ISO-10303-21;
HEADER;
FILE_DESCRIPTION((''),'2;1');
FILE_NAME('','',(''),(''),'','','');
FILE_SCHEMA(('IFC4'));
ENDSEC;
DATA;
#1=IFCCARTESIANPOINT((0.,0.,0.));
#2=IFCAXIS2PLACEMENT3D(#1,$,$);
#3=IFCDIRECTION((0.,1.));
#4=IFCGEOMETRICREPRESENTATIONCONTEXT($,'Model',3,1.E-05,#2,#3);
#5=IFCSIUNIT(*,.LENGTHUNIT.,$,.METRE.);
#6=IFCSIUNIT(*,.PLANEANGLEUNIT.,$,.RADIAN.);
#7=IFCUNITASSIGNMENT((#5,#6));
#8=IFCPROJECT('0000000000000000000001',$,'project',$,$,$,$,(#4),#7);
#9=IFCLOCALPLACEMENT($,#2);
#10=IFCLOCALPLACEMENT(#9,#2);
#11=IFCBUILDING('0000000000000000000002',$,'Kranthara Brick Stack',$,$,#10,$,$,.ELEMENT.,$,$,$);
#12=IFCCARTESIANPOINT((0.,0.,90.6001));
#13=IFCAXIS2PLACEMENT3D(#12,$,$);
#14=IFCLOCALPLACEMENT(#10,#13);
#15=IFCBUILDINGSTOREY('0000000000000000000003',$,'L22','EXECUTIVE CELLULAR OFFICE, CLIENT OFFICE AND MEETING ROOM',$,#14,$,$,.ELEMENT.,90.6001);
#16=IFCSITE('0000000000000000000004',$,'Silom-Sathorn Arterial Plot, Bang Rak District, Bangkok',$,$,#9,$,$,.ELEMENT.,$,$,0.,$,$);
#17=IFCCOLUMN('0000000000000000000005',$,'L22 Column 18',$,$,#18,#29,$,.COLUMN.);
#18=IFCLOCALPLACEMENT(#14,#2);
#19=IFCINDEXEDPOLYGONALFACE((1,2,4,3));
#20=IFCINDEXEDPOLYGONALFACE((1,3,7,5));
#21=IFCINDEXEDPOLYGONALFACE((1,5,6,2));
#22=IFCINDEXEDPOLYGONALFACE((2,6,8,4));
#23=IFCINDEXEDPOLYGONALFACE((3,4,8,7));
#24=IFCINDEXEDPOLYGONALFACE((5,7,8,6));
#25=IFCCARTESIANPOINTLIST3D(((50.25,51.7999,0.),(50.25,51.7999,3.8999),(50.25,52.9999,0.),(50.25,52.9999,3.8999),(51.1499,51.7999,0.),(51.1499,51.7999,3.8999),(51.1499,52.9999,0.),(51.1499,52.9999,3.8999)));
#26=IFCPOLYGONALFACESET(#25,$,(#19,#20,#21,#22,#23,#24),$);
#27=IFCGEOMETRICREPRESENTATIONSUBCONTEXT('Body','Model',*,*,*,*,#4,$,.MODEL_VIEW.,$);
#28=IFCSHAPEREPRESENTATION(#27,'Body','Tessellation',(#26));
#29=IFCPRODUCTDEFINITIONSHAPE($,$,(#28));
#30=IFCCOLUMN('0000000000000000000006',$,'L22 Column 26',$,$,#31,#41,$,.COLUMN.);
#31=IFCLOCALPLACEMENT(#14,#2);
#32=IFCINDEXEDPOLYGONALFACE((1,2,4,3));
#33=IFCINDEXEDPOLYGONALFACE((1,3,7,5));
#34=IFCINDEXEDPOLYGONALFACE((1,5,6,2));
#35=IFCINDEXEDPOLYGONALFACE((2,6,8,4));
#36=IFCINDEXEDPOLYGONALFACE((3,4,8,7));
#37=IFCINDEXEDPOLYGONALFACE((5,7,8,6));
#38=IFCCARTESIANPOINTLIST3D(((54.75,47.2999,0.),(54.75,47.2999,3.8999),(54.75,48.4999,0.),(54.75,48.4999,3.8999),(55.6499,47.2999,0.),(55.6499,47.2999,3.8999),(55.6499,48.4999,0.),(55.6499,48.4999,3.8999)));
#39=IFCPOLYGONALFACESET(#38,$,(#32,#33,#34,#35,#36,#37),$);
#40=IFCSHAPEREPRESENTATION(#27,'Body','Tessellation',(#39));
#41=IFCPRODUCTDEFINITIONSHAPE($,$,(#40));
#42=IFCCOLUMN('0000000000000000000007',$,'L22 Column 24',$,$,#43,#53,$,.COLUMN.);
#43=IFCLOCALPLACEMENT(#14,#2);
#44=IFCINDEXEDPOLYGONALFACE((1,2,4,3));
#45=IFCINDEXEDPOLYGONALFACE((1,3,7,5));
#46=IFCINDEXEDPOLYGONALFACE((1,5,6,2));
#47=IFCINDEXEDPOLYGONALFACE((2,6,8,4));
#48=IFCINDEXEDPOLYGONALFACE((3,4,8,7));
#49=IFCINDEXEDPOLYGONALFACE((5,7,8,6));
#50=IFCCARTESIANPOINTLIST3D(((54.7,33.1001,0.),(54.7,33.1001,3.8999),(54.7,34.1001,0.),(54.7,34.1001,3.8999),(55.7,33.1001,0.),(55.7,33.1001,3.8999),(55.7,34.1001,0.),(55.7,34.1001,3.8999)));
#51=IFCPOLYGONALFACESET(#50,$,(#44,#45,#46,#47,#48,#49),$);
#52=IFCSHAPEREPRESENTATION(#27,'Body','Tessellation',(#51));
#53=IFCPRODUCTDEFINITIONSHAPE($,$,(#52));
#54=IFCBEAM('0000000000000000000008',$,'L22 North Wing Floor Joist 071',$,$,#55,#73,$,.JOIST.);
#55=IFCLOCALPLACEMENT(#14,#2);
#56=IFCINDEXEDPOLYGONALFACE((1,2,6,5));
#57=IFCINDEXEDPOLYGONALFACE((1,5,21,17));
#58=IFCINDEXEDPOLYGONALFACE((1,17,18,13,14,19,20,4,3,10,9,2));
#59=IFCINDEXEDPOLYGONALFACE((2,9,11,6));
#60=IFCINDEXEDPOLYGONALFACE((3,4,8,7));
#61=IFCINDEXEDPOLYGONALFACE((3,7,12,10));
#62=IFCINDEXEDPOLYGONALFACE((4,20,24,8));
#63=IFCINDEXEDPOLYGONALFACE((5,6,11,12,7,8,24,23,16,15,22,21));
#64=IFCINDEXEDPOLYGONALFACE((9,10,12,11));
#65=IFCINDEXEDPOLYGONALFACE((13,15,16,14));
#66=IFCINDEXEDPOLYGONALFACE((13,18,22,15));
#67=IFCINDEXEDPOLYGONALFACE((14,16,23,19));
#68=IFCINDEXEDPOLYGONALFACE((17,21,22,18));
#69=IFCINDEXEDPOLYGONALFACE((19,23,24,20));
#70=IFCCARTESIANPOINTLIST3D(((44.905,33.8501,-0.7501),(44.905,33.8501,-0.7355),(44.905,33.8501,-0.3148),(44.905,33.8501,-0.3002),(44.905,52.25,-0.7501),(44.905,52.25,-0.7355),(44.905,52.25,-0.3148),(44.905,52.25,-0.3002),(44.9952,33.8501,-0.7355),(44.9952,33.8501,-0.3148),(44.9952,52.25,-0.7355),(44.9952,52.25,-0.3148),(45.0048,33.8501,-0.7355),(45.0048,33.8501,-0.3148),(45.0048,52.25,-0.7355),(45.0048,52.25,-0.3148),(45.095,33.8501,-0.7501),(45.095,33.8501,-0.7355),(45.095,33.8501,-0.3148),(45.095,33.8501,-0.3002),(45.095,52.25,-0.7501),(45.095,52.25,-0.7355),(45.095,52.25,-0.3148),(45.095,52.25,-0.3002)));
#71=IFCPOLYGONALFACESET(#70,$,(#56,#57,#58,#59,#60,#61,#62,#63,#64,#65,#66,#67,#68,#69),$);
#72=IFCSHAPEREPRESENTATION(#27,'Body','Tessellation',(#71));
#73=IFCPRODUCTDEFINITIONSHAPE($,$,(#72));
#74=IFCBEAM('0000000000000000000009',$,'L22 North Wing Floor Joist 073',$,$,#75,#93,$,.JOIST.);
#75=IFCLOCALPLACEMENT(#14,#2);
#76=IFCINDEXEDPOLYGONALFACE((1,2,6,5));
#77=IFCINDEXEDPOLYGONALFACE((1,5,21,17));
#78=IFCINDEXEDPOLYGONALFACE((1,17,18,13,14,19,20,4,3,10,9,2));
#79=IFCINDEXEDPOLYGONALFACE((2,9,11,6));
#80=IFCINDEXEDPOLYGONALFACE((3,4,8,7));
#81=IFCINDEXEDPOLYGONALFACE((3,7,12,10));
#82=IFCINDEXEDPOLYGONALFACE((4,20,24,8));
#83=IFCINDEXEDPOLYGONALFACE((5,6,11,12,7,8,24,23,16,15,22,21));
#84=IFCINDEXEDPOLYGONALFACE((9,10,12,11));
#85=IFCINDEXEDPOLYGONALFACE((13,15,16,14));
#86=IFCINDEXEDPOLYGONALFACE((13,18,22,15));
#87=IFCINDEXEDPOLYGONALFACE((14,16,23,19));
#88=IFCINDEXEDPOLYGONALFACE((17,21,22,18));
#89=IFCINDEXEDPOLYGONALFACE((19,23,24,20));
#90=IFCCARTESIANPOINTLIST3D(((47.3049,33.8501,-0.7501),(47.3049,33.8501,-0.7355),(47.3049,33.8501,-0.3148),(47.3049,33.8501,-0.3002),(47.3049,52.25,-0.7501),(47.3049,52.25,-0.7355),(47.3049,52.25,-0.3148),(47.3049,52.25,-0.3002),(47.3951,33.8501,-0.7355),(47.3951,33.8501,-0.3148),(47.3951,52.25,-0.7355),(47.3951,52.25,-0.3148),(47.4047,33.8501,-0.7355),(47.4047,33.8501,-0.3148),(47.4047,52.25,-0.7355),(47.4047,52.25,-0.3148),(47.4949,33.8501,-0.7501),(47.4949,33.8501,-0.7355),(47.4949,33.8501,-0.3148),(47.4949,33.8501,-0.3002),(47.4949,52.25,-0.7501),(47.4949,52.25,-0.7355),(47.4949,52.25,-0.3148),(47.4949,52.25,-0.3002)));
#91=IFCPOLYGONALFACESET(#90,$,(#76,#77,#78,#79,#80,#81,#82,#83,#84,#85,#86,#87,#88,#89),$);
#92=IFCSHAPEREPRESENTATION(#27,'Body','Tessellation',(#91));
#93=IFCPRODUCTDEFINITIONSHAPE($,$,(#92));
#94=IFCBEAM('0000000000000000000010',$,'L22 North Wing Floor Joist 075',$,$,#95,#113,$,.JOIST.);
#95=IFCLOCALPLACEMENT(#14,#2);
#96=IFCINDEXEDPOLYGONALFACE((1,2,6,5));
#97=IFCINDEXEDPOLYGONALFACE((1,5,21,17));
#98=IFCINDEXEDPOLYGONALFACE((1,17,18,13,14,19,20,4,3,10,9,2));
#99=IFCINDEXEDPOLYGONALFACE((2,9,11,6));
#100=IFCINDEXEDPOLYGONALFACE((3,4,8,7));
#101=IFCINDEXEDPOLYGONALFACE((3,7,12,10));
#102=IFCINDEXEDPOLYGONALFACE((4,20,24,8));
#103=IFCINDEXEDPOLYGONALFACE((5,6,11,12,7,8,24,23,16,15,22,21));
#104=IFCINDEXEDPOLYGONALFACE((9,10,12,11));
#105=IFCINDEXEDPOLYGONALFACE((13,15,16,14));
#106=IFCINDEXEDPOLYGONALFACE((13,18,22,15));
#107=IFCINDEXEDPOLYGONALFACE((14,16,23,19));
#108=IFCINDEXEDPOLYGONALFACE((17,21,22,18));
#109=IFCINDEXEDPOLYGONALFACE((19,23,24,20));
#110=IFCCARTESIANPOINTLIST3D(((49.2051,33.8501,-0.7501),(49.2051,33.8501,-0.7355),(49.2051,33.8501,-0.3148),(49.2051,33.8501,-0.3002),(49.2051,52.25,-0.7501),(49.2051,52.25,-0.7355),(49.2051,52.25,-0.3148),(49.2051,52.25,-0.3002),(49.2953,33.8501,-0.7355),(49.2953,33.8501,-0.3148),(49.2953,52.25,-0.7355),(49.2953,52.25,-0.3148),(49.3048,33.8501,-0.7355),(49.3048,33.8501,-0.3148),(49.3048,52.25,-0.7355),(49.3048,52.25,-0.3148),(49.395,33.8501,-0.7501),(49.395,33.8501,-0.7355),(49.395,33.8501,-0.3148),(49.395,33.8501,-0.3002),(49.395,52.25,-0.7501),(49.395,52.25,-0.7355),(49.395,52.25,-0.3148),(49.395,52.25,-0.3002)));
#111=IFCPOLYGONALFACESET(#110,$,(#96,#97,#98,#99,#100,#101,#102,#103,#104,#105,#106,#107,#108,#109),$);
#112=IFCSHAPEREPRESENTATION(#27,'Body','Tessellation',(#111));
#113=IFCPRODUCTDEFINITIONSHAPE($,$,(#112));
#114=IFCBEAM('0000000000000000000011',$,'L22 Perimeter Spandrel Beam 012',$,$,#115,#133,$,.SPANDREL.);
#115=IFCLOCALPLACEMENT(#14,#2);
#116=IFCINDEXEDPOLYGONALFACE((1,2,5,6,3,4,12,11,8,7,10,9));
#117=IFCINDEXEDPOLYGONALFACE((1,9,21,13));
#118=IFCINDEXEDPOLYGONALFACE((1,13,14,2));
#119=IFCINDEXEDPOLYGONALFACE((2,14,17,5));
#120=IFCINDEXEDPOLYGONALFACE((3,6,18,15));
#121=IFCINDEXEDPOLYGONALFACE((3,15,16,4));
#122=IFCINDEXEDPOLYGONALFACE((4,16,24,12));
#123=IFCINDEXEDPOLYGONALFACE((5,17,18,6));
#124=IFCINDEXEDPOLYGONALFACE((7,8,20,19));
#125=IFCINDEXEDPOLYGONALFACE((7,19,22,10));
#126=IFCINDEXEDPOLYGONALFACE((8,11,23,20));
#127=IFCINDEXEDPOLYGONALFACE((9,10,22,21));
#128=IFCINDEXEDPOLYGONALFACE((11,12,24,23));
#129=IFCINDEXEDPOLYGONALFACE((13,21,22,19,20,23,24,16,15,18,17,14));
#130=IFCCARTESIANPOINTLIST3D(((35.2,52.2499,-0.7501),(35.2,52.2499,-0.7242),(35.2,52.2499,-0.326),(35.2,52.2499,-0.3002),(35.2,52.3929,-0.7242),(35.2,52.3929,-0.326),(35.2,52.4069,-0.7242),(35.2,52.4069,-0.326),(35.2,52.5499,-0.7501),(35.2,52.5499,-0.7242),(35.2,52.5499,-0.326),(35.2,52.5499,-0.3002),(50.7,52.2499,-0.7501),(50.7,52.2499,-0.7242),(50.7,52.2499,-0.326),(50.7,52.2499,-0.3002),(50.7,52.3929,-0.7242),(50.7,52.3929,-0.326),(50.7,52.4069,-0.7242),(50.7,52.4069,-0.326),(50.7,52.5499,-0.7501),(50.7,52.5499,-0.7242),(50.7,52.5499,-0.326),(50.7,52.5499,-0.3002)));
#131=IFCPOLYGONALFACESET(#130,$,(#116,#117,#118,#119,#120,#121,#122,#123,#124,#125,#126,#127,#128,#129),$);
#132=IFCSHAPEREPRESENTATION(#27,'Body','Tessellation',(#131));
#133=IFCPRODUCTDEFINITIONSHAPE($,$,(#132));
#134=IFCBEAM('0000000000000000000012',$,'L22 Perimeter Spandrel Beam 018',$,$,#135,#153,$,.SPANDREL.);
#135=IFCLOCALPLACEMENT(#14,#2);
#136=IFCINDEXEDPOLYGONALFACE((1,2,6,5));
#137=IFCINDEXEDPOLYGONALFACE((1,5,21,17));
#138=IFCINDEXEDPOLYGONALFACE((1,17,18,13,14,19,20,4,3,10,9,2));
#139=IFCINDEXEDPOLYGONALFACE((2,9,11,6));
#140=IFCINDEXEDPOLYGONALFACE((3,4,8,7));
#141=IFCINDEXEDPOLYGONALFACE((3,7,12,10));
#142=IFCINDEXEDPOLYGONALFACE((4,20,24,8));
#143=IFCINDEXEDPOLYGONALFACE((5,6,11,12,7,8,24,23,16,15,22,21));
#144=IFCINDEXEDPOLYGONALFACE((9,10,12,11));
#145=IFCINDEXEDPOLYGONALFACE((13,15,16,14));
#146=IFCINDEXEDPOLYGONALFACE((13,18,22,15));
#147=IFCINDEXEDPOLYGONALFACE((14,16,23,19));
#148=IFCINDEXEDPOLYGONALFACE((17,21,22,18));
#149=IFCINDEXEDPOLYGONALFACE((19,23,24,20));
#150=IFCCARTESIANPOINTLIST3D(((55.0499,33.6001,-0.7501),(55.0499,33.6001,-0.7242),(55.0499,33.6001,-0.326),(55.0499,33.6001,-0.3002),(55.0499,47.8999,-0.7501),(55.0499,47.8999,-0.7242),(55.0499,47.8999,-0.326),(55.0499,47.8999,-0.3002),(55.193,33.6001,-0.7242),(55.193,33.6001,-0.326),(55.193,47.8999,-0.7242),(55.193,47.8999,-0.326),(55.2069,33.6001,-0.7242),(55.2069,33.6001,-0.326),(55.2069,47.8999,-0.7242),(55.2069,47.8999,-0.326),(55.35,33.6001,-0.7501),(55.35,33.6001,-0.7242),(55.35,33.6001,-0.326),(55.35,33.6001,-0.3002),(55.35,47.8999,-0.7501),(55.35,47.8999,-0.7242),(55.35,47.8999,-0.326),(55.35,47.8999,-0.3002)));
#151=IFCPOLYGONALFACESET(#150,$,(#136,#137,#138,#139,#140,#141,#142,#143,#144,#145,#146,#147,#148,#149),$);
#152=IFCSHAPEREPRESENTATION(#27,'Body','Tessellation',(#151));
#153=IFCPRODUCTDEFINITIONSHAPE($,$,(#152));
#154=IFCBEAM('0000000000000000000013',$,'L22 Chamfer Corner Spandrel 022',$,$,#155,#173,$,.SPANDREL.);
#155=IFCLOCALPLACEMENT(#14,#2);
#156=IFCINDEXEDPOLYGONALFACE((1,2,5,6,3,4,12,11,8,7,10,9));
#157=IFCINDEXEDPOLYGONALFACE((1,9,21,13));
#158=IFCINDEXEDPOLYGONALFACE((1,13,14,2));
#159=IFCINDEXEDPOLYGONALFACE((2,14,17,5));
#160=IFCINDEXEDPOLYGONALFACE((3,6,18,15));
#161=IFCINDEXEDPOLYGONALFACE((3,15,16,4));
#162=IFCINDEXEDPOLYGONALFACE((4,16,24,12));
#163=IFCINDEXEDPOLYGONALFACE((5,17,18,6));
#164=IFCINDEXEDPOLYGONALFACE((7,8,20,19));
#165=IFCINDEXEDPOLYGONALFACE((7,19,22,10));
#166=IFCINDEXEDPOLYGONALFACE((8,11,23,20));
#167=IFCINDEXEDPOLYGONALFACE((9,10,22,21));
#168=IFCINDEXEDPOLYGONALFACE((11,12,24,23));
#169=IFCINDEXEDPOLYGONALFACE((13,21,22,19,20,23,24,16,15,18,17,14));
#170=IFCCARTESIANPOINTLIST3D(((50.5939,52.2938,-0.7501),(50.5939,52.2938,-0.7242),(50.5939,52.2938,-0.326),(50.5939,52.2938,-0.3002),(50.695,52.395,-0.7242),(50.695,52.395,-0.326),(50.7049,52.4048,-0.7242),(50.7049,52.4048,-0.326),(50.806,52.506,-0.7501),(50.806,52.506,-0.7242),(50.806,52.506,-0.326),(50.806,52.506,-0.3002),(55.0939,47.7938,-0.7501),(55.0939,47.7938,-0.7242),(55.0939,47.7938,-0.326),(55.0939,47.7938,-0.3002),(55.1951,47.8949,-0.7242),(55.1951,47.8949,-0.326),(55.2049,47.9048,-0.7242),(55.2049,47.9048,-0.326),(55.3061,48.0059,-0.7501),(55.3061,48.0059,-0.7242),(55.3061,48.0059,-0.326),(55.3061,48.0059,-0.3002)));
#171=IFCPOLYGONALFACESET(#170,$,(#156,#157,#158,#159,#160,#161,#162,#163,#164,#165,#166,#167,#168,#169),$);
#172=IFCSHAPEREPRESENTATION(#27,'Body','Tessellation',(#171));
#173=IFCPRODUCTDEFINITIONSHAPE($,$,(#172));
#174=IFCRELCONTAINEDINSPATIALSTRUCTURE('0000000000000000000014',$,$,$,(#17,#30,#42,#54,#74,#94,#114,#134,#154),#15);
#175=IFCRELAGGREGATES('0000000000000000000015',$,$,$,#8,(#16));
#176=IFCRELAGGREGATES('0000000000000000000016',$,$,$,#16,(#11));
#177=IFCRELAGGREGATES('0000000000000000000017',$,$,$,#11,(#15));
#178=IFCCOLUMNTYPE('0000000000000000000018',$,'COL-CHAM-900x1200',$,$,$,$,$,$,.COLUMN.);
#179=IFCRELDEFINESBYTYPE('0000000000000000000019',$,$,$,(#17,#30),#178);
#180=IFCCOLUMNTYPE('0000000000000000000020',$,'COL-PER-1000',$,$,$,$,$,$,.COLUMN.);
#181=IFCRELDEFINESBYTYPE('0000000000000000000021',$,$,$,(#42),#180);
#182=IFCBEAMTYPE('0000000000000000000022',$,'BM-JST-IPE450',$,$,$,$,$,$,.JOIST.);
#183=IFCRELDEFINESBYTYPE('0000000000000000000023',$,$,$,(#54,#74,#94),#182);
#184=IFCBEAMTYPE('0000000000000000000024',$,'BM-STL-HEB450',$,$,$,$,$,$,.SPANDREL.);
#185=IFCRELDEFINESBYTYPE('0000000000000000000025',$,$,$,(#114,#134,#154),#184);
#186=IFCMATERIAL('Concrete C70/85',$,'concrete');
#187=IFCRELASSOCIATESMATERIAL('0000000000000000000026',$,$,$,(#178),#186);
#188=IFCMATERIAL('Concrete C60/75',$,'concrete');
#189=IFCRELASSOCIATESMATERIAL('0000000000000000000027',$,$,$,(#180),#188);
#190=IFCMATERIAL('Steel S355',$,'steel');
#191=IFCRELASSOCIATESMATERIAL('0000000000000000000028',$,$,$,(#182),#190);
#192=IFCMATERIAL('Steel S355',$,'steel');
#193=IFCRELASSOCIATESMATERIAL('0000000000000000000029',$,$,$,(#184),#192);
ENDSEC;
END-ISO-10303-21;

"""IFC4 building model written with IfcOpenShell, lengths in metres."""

from ifc_helpers import new_model, si_unit, direction, frame, origin, origin_2d, place, context, subcontext, project, spatial, rectangle, i_section, extrude, material, material_profile, profile_set, type_object, element, save


model = new_model("IFC4")

# Units and contexts
model_context = context("Model", 3, precision=1e-05, world=origin(), true_north=direction((0.0, 1.0)))
body_context = subcontext(model_context, "Body", "Model", "MODEL_VIEW")
ifc_project = project(units=[si_unit("LENGTHUNIT", "METRE"), si_unit("PLANEANGLEUNIT", "RADIAN")], contexts=[model_context])

# Site, building, storey
site_placement = place(None, origin())
site = spatial("IfcSite", under=ifc_project, at=site_placement, Name="Silom-Sathorn Arterial Plot, Bang Rak District, Bangkok", CompositionType="ELEMENT", RefElevation=0.0)
building_placement = place(site_placement, origin())
building = spatial("IfcBuilding", under=site, at=building_placement, Name="Kranthara Brick Stack", CompositionType="ELEMENT")
storey_placement = place(building_placement, frame((0.0, 0.0, 90.6001)))
storey = spatial("IfcBuildingStorey", under=building, at=storey_placement, Name="L22", Description="EXECUTIVE CELLULAR OFFICE, CLIENT OFFICE AND MEETING ROOM", CompositionType="ELEMENT", Elevation=90.6001)

# Columns
ifc_material_1 = material(Name="Concrete C70/85", Category="concrete")
ifc_material_profile_1 = material_profile(ifc_material_1, rectangle(XDim=0.8999, YDim=1.2, at=origin_2d()), Name="RC 900x1200")
ifc_profile_set_1 = profile_set([ifc_material_profile_1], Name="Concrete C70/85")
column_type_1 = type_object("IfcColumnType", Name="COL-CHAM-900x1200", PredefinedType="COLUMN", material=ifc_profile_set_1)
for number, where, z_axis, x_axis, name in (
    (1, (50.7, 52.3999, 0.0), (0.0, 0.0, 1.0), (1.0, 0.0, 0.0), "L22 Column 18"),
    (2, (55.2, 47.8999, 0.0), (0.0, 0.0, 1.0), (1.0, 0.0, 0.0), "L22 Column 26"),
):
    element("IfcColumn", number, at=place(storey_placement, frame(where, z_axis=z_axis, x_axis=x_axis)), inside=storey, type_object=column_type_1, Name=name, PredefinedType="COLUMN", context=body_context, shape_type="SweptSolid", body=[
        extrude(rectangle(XDim=0.8999, YDim=1.2, at=origin_2d()), origin(), (0.0, 0.0, 1.0), 3.8999),
    ])
ifc_material_2 = material(Name="Concrete C60/75", Category="concrete")
ifc_material_profile_2 = material_profile(ifc_material_2, rectangle(XDim=1.0, YDim=1.0, at=origin_2d()), Name="RC 1000x1000")
ifc_profile_set_2 = profile_set([ifc_material_profile_2], Name="Concrete C60/75")
column_type_2 = type_object("IfcColumnType", Name="COL-PER-1000", PredefinedType="COLUMN", material=ifc_profile_set_2)
column_placement = place(storey_placement, frame((55.2, 33.6001, 0.0), z_axis=(0.0, 0.0, 1.0), x_axis=(1.0, 0.0, 0.0)))
element("IfcColumn", 3, at=column_placement, inside=storey, type_object=column_type_2, Name="L22 Column 24", PredefinedType="COLUMN", context=body_context, shape_type="SweptSolid", body=[
    extrude(rectangle(XDim=1.0, YDim=1.0, at=origin_2d()), origin(), (0.0, 0.0, 1.0), 3.8999),
])

# Beams
ifc_material_3 = material(Name="Steel S355", Category="steel")
ifc_material_profile_3 = material_profile(ifc_material_3, i_section(OverallWidth=0.1899, OverallDepth=0.45, WebThickness=0.0095, FlangeThickness=0.0146, at=origin_2d()), Name="IPE 450")
ifc_profile_set_3 = profile_set([ifc_material_profile_3], Name="Steel S355")
beam_type_1 = type_object("IfcBeamType", Name="BM-JST-IPE450", PredefinedType="JOIST", material=ifc_profile_set_3)
for number, where, z_axis, x_axis, name in (
    (4, (45.0, 33.8501, -0.5251), (0.0, 1.0, 0.0), (-1.0, 0.0, 0.0), "L22 North Wing Floor Joist 071"),
    (5, (47.3999, 33.8501, -0.5251), (0.0, 1.0, 0.0), (-1.0, 0.0, 0.0), "L22 North Wing Floor Joist 073"),
    (6, (49.3, 33.8501, -0.5251), (0.0, 1.0, 0.0), (-1.0, 0.0, 0.0), "L22 North Wing Floor Joist 075"),
):
    element("IfcBeam", number, at=place(storey_placement, frame(where, z_axis=z_axis, x_axis=x_axis)), inside=storey, type_object=beam_type_1, Name=name, PredefinedType="JOIST", context=body_context, shape_type="SweptSolid", body=[
        extrude(i_section(OverallWidth=0.1899, OverallDepth=0.45, WebThickness=0.0095, FlangeThickness=0.0146, at=origin_2d()), origin(), (0.0, 0.0, 1.0), 18.3999),
    ])
ifc_material_4 = material(Name="Steel S355", Category="steel")
ifc_material_profile_4 = material_profile(ifc_material_4, i_section(OverallWidth=0.3, OverallDepth=0.45, WebThickness=0.0139, FlangeThickness=0.0259, at=origin_2d()), Name="HEB 450")
ifc_profile_set_4 = profile_set([ifc_material_profile_4], Name="Steel S355")
beam_type_2 = type_object("IfcBeamType", Name="BM-STL-HEB450", PredefinedType="SPANDREL", material=ifc_profile_set_4)
beam_1_placement = place(storey_placement, frame((35.2, 52.3999, -0.5251), z_axis=(1.0, 0.0, 0.0), x_axis=(0.0, 1.0, 0.0)))
element("IfcBeam", 7, at=beam_1_placement, inside=storey, type_object=beam_type_2, Name="L22 Perimeter Spandrel Beam 012", PredefinedType="SPANDREL", context=body_context, shape_type="SweptSolid", body=[
    extrude(i_section(OverallWidth=0.3, OverallDepth=0.45, WebThickness=0.0139, FlangeThickness=0.0259, at=origin_2d()), origin(), (0.0, 0.0, 1.0), 15.5),
])
beam_2_placement = place(storey_placement, frame((55.2, 33.6001, -0.5251), z_axis=(0.0, 1.0, 0.0), x_axis=(-1.0, 0.0, 0.0)))
element("IfcBeam", 8, at=beam_2_placement, inside=storey, type_object=beam_type_2, Name="L22 Perimeter Spandrel Beam 018", PredefinedType="SPANDREL", context=body_context, shape_type="SweptSolid", body=[
    extrude(i_section(OverallWidth=0.3, OverallDepth=0.45, WebThickness=0.0139, FlangeThickness=0.0259, at=origin_2d()), origin(), (0.0, 0.0, 1.0), 14.2998),
])
beam_3_placement = place(storey_placement, frame((50.7, 52.3999, -0.5251), z_axis=(0.707107, -0.707107, 0.0), x_axis=(0.707107, 0.707107, 0.0)))
element("IfcBeam", 9, at=beam_3_placement, inside=storey, type_object=beam_type_2, Name="L22 Chamfer Corner Spandrel 022", PredefinedType="SPANDREL", context=body_context, shape_type="SweptSolid", body=[
    extrude(i_section(OverallWidth=0.3, OverallDepth=0.45, WebThickness=0.0139, FlangeThickness=0.0259, at=origin_2d()), origin(), (0.0, 0.0, 1.0), 6.364),
])

save(model, "model.ifc")
